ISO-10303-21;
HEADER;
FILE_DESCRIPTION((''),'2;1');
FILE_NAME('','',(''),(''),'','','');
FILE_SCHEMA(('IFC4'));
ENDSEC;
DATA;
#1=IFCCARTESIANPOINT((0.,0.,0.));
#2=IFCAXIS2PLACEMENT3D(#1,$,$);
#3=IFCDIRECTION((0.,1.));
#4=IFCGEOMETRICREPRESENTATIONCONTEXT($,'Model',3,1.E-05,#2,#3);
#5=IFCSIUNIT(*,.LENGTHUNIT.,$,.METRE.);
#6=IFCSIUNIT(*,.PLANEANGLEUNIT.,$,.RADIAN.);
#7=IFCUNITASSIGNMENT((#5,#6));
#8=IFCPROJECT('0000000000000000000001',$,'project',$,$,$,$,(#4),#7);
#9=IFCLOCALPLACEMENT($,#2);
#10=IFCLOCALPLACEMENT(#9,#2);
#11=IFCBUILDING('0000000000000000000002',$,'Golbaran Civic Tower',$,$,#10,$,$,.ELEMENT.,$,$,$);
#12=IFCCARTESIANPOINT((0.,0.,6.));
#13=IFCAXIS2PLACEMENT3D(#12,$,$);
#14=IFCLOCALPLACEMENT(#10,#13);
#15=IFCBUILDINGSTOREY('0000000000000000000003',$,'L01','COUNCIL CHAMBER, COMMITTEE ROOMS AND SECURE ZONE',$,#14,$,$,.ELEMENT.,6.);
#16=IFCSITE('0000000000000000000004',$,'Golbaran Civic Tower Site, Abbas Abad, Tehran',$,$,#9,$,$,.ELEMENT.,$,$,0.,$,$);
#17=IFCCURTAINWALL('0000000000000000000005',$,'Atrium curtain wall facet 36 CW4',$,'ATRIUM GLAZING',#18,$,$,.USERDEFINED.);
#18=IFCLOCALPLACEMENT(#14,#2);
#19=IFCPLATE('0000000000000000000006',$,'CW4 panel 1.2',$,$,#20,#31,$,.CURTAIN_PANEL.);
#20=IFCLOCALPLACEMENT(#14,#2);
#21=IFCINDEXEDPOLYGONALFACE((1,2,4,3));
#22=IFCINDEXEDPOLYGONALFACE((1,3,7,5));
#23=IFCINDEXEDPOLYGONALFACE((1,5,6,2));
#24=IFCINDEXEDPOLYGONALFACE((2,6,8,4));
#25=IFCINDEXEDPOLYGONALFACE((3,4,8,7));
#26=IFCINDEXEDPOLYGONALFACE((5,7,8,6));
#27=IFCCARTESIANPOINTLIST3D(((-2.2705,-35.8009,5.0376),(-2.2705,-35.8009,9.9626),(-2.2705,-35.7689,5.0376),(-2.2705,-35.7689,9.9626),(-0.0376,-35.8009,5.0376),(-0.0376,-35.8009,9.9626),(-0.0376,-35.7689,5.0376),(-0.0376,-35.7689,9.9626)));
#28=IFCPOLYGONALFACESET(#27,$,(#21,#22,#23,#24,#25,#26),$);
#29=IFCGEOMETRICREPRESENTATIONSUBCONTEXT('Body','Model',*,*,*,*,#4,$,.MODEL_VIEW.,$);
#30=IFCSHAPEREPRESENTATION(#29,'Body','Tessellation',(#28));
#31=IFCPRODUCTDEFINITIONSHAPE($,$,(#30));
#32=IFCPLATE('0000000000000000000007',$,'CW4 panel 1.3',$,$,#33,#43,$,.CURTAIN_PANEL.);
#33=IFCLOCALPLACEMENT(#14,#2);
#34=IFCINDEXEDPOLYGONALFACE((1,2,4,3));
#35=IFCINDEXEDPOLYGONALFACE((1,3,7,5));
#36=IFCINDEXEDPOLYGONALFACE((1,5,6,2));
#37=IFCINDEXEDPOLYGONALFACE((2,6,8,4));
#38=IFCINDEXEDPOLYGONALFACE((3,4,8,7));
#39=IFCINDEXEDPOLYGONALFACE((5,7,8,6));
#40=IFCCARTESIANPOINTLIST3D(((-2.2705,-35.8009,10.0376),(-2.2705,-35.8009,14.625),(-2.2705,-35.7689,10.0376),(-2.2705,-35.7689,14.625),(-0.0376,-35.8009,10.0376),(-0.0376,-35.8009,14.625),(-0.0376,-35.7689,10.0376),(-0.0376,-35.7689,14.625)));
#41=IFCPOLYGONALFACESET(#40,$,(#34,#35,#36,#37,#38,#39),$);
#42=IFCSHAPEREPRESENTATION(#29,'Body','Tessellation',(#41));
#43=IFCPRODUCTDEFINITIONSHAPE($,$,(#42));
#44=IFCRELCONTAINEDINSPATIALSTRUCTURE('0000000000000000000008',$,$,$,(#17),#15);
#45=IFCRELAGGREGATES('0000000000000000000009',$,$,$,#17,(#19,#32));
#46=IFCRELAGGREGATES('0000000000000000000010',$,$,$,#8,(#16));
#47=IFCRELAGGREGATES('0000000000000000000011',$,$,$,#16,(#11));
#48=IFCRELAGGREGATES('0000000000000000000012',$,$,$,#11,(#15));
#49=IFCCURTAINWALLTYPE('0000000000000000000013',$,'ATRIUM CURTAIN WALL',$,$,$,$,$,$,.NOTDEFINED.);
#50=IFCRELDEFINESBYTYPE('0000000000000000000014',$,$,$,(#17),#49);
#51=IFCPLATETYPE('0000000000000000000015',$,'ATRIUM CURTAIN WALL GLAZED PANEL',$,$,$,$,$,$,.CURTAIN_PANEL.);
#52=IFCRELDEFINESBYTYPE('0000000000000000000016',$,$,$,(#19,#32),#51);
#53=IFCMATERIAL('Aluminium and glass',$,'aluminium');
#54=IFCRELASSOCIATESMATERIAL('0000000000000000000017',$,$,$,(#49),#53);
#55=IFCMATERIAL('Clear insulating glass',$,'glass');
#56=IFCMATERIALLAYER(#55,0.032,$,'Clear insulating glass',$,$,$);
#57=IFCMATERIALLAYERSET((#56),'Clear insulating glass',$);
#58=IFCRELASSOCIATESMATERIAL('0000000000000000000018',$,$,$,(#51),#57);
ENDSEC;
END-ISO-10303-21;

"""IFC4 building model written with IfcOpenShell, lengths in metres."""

from ifc_helpers import new_model, si_unit, direction, frame, origin, origin_2d, place, context, subcontext, project, spatial, rectangle, extrude, material, layer, layer_set, type_object, element, aggregate, save


model = new_model("IFC4")

# Units and contexts
model_context = context("Model", 3, precision=1e-05, world=origin(), true_north=direction((0.0, 1.0)))
body_context = subcontext(model_context, "Body", "Model", "MODEL_VIEW")
ifc_project = project(units=[si_unit("LENGTHUNIT", "METRE"), si_unit("PLANEANGLEUNIT", "RADIAN")], contexts=[model_context])

# Site, building, storey
site_placement = place(None, origin())
site = spatial("IfcSite", under=ifc_project, at=site_placement, Name="Golbaran Civic Tower Site, Abbas Abad, Tehran", CompositionType="ELEMENT", RefElevation=0.0)
building_placement = place(site_placement, origin())
building = spatial("IfcBuilding", under=site, at=building_placement, Name="Golbaran Civic Tower", CompositionType="ELEMENT")
storey_placement = place(building_placement, frame((0.0, 0.0, 6.0)))
storey = spatial("IfcBuildingStorey", under=building, at=storey_placement, Name="L01", Description="COUNCIL CHAMBER, COMMITTEE ROOMS AND SECURE ZONE", CompositionType="ELEMENT", Elevation=6.0)

# Curtain wall
ifc_material_1 = material(Name="Aluminium and glass", Category="aluminium")
curtain_wall_type = type_object("IfcCurtainWallType", Name="ATRIUM CURTAIN WALL", PredefinedType="NOTDEFINED", material=ifc_material_1)
curtain_wall_1_placement = place(storey_placement, origin())
curtain_wall_1 = element("IfcCurtainWall", 1, at=curtain_wall_1_placement, inside=storey, type_object=curtain_wall_type, Name="Atrium curtain wall facet 36 CW4", ObjectType="ATRIUM GLAZING", PredefinedType="USERDEFINED")

# Shared definitions
ifc_material_2 = material(Name="Clear insulating glass", Category="glass")
ifc_layer = layer(ifc_material_2, 0.032, Name="Clear insulating glass")
ifc_layer_set = layer_set([ifc_layer], Name="Clear insulating glass")
plate_type = type_object("IfcPlateType", Name="ATRIUM CURTAIN WALL GLAZED PANEL", PredefinedType="CURTAIN_PANEL", material=ifc_layer_set)

# Plates
plate_1_placement = place(storey_placement, frame((-1.1541, -35.7849, 5.0376), z_axis=(0.0, 0.0, 1.0), x_axis=(1.0, 0.0, 0.0)))
plate_1 = element("IfcPlate", 2, at=plate_1_placement, type_object=plate_type, Name="CW4 panel 1.2", PredefinedType="CURTAIN_PANEL", context=body_context, shape_type="SweptSolid", body=[
    extrude(rectangle(XDim=2.2329, YDim=0.032, at=origin_2d()), origin(), (0.0, 0.0, 1.0), 4.925),
])
plate_2_placement = place(storey_placement, frame((-1.1541, -35.7849, 10.0376), z_axis=(0.0, 0.0, 1.0), x_axis=(1.0, 0.0, 0.0)))
plate_2 = element("IfcPlate", 3, at=plate_2_placement, type_object=plate_type, Name="CW4 panel 1.3", PredefinedType="CURTAIN_PANEL", context=body_context, shape_type="SweptSolid", body=[
    extrude(rectangle(XDim=2.2329, YDim=0.032, at=origin_2d()), origin(), (0.0, 0.0, 1.0), 4.5874),
])
aggregate(curtain_wall_1, [plate_1, plate_2])

save(model, "model.ifc")
